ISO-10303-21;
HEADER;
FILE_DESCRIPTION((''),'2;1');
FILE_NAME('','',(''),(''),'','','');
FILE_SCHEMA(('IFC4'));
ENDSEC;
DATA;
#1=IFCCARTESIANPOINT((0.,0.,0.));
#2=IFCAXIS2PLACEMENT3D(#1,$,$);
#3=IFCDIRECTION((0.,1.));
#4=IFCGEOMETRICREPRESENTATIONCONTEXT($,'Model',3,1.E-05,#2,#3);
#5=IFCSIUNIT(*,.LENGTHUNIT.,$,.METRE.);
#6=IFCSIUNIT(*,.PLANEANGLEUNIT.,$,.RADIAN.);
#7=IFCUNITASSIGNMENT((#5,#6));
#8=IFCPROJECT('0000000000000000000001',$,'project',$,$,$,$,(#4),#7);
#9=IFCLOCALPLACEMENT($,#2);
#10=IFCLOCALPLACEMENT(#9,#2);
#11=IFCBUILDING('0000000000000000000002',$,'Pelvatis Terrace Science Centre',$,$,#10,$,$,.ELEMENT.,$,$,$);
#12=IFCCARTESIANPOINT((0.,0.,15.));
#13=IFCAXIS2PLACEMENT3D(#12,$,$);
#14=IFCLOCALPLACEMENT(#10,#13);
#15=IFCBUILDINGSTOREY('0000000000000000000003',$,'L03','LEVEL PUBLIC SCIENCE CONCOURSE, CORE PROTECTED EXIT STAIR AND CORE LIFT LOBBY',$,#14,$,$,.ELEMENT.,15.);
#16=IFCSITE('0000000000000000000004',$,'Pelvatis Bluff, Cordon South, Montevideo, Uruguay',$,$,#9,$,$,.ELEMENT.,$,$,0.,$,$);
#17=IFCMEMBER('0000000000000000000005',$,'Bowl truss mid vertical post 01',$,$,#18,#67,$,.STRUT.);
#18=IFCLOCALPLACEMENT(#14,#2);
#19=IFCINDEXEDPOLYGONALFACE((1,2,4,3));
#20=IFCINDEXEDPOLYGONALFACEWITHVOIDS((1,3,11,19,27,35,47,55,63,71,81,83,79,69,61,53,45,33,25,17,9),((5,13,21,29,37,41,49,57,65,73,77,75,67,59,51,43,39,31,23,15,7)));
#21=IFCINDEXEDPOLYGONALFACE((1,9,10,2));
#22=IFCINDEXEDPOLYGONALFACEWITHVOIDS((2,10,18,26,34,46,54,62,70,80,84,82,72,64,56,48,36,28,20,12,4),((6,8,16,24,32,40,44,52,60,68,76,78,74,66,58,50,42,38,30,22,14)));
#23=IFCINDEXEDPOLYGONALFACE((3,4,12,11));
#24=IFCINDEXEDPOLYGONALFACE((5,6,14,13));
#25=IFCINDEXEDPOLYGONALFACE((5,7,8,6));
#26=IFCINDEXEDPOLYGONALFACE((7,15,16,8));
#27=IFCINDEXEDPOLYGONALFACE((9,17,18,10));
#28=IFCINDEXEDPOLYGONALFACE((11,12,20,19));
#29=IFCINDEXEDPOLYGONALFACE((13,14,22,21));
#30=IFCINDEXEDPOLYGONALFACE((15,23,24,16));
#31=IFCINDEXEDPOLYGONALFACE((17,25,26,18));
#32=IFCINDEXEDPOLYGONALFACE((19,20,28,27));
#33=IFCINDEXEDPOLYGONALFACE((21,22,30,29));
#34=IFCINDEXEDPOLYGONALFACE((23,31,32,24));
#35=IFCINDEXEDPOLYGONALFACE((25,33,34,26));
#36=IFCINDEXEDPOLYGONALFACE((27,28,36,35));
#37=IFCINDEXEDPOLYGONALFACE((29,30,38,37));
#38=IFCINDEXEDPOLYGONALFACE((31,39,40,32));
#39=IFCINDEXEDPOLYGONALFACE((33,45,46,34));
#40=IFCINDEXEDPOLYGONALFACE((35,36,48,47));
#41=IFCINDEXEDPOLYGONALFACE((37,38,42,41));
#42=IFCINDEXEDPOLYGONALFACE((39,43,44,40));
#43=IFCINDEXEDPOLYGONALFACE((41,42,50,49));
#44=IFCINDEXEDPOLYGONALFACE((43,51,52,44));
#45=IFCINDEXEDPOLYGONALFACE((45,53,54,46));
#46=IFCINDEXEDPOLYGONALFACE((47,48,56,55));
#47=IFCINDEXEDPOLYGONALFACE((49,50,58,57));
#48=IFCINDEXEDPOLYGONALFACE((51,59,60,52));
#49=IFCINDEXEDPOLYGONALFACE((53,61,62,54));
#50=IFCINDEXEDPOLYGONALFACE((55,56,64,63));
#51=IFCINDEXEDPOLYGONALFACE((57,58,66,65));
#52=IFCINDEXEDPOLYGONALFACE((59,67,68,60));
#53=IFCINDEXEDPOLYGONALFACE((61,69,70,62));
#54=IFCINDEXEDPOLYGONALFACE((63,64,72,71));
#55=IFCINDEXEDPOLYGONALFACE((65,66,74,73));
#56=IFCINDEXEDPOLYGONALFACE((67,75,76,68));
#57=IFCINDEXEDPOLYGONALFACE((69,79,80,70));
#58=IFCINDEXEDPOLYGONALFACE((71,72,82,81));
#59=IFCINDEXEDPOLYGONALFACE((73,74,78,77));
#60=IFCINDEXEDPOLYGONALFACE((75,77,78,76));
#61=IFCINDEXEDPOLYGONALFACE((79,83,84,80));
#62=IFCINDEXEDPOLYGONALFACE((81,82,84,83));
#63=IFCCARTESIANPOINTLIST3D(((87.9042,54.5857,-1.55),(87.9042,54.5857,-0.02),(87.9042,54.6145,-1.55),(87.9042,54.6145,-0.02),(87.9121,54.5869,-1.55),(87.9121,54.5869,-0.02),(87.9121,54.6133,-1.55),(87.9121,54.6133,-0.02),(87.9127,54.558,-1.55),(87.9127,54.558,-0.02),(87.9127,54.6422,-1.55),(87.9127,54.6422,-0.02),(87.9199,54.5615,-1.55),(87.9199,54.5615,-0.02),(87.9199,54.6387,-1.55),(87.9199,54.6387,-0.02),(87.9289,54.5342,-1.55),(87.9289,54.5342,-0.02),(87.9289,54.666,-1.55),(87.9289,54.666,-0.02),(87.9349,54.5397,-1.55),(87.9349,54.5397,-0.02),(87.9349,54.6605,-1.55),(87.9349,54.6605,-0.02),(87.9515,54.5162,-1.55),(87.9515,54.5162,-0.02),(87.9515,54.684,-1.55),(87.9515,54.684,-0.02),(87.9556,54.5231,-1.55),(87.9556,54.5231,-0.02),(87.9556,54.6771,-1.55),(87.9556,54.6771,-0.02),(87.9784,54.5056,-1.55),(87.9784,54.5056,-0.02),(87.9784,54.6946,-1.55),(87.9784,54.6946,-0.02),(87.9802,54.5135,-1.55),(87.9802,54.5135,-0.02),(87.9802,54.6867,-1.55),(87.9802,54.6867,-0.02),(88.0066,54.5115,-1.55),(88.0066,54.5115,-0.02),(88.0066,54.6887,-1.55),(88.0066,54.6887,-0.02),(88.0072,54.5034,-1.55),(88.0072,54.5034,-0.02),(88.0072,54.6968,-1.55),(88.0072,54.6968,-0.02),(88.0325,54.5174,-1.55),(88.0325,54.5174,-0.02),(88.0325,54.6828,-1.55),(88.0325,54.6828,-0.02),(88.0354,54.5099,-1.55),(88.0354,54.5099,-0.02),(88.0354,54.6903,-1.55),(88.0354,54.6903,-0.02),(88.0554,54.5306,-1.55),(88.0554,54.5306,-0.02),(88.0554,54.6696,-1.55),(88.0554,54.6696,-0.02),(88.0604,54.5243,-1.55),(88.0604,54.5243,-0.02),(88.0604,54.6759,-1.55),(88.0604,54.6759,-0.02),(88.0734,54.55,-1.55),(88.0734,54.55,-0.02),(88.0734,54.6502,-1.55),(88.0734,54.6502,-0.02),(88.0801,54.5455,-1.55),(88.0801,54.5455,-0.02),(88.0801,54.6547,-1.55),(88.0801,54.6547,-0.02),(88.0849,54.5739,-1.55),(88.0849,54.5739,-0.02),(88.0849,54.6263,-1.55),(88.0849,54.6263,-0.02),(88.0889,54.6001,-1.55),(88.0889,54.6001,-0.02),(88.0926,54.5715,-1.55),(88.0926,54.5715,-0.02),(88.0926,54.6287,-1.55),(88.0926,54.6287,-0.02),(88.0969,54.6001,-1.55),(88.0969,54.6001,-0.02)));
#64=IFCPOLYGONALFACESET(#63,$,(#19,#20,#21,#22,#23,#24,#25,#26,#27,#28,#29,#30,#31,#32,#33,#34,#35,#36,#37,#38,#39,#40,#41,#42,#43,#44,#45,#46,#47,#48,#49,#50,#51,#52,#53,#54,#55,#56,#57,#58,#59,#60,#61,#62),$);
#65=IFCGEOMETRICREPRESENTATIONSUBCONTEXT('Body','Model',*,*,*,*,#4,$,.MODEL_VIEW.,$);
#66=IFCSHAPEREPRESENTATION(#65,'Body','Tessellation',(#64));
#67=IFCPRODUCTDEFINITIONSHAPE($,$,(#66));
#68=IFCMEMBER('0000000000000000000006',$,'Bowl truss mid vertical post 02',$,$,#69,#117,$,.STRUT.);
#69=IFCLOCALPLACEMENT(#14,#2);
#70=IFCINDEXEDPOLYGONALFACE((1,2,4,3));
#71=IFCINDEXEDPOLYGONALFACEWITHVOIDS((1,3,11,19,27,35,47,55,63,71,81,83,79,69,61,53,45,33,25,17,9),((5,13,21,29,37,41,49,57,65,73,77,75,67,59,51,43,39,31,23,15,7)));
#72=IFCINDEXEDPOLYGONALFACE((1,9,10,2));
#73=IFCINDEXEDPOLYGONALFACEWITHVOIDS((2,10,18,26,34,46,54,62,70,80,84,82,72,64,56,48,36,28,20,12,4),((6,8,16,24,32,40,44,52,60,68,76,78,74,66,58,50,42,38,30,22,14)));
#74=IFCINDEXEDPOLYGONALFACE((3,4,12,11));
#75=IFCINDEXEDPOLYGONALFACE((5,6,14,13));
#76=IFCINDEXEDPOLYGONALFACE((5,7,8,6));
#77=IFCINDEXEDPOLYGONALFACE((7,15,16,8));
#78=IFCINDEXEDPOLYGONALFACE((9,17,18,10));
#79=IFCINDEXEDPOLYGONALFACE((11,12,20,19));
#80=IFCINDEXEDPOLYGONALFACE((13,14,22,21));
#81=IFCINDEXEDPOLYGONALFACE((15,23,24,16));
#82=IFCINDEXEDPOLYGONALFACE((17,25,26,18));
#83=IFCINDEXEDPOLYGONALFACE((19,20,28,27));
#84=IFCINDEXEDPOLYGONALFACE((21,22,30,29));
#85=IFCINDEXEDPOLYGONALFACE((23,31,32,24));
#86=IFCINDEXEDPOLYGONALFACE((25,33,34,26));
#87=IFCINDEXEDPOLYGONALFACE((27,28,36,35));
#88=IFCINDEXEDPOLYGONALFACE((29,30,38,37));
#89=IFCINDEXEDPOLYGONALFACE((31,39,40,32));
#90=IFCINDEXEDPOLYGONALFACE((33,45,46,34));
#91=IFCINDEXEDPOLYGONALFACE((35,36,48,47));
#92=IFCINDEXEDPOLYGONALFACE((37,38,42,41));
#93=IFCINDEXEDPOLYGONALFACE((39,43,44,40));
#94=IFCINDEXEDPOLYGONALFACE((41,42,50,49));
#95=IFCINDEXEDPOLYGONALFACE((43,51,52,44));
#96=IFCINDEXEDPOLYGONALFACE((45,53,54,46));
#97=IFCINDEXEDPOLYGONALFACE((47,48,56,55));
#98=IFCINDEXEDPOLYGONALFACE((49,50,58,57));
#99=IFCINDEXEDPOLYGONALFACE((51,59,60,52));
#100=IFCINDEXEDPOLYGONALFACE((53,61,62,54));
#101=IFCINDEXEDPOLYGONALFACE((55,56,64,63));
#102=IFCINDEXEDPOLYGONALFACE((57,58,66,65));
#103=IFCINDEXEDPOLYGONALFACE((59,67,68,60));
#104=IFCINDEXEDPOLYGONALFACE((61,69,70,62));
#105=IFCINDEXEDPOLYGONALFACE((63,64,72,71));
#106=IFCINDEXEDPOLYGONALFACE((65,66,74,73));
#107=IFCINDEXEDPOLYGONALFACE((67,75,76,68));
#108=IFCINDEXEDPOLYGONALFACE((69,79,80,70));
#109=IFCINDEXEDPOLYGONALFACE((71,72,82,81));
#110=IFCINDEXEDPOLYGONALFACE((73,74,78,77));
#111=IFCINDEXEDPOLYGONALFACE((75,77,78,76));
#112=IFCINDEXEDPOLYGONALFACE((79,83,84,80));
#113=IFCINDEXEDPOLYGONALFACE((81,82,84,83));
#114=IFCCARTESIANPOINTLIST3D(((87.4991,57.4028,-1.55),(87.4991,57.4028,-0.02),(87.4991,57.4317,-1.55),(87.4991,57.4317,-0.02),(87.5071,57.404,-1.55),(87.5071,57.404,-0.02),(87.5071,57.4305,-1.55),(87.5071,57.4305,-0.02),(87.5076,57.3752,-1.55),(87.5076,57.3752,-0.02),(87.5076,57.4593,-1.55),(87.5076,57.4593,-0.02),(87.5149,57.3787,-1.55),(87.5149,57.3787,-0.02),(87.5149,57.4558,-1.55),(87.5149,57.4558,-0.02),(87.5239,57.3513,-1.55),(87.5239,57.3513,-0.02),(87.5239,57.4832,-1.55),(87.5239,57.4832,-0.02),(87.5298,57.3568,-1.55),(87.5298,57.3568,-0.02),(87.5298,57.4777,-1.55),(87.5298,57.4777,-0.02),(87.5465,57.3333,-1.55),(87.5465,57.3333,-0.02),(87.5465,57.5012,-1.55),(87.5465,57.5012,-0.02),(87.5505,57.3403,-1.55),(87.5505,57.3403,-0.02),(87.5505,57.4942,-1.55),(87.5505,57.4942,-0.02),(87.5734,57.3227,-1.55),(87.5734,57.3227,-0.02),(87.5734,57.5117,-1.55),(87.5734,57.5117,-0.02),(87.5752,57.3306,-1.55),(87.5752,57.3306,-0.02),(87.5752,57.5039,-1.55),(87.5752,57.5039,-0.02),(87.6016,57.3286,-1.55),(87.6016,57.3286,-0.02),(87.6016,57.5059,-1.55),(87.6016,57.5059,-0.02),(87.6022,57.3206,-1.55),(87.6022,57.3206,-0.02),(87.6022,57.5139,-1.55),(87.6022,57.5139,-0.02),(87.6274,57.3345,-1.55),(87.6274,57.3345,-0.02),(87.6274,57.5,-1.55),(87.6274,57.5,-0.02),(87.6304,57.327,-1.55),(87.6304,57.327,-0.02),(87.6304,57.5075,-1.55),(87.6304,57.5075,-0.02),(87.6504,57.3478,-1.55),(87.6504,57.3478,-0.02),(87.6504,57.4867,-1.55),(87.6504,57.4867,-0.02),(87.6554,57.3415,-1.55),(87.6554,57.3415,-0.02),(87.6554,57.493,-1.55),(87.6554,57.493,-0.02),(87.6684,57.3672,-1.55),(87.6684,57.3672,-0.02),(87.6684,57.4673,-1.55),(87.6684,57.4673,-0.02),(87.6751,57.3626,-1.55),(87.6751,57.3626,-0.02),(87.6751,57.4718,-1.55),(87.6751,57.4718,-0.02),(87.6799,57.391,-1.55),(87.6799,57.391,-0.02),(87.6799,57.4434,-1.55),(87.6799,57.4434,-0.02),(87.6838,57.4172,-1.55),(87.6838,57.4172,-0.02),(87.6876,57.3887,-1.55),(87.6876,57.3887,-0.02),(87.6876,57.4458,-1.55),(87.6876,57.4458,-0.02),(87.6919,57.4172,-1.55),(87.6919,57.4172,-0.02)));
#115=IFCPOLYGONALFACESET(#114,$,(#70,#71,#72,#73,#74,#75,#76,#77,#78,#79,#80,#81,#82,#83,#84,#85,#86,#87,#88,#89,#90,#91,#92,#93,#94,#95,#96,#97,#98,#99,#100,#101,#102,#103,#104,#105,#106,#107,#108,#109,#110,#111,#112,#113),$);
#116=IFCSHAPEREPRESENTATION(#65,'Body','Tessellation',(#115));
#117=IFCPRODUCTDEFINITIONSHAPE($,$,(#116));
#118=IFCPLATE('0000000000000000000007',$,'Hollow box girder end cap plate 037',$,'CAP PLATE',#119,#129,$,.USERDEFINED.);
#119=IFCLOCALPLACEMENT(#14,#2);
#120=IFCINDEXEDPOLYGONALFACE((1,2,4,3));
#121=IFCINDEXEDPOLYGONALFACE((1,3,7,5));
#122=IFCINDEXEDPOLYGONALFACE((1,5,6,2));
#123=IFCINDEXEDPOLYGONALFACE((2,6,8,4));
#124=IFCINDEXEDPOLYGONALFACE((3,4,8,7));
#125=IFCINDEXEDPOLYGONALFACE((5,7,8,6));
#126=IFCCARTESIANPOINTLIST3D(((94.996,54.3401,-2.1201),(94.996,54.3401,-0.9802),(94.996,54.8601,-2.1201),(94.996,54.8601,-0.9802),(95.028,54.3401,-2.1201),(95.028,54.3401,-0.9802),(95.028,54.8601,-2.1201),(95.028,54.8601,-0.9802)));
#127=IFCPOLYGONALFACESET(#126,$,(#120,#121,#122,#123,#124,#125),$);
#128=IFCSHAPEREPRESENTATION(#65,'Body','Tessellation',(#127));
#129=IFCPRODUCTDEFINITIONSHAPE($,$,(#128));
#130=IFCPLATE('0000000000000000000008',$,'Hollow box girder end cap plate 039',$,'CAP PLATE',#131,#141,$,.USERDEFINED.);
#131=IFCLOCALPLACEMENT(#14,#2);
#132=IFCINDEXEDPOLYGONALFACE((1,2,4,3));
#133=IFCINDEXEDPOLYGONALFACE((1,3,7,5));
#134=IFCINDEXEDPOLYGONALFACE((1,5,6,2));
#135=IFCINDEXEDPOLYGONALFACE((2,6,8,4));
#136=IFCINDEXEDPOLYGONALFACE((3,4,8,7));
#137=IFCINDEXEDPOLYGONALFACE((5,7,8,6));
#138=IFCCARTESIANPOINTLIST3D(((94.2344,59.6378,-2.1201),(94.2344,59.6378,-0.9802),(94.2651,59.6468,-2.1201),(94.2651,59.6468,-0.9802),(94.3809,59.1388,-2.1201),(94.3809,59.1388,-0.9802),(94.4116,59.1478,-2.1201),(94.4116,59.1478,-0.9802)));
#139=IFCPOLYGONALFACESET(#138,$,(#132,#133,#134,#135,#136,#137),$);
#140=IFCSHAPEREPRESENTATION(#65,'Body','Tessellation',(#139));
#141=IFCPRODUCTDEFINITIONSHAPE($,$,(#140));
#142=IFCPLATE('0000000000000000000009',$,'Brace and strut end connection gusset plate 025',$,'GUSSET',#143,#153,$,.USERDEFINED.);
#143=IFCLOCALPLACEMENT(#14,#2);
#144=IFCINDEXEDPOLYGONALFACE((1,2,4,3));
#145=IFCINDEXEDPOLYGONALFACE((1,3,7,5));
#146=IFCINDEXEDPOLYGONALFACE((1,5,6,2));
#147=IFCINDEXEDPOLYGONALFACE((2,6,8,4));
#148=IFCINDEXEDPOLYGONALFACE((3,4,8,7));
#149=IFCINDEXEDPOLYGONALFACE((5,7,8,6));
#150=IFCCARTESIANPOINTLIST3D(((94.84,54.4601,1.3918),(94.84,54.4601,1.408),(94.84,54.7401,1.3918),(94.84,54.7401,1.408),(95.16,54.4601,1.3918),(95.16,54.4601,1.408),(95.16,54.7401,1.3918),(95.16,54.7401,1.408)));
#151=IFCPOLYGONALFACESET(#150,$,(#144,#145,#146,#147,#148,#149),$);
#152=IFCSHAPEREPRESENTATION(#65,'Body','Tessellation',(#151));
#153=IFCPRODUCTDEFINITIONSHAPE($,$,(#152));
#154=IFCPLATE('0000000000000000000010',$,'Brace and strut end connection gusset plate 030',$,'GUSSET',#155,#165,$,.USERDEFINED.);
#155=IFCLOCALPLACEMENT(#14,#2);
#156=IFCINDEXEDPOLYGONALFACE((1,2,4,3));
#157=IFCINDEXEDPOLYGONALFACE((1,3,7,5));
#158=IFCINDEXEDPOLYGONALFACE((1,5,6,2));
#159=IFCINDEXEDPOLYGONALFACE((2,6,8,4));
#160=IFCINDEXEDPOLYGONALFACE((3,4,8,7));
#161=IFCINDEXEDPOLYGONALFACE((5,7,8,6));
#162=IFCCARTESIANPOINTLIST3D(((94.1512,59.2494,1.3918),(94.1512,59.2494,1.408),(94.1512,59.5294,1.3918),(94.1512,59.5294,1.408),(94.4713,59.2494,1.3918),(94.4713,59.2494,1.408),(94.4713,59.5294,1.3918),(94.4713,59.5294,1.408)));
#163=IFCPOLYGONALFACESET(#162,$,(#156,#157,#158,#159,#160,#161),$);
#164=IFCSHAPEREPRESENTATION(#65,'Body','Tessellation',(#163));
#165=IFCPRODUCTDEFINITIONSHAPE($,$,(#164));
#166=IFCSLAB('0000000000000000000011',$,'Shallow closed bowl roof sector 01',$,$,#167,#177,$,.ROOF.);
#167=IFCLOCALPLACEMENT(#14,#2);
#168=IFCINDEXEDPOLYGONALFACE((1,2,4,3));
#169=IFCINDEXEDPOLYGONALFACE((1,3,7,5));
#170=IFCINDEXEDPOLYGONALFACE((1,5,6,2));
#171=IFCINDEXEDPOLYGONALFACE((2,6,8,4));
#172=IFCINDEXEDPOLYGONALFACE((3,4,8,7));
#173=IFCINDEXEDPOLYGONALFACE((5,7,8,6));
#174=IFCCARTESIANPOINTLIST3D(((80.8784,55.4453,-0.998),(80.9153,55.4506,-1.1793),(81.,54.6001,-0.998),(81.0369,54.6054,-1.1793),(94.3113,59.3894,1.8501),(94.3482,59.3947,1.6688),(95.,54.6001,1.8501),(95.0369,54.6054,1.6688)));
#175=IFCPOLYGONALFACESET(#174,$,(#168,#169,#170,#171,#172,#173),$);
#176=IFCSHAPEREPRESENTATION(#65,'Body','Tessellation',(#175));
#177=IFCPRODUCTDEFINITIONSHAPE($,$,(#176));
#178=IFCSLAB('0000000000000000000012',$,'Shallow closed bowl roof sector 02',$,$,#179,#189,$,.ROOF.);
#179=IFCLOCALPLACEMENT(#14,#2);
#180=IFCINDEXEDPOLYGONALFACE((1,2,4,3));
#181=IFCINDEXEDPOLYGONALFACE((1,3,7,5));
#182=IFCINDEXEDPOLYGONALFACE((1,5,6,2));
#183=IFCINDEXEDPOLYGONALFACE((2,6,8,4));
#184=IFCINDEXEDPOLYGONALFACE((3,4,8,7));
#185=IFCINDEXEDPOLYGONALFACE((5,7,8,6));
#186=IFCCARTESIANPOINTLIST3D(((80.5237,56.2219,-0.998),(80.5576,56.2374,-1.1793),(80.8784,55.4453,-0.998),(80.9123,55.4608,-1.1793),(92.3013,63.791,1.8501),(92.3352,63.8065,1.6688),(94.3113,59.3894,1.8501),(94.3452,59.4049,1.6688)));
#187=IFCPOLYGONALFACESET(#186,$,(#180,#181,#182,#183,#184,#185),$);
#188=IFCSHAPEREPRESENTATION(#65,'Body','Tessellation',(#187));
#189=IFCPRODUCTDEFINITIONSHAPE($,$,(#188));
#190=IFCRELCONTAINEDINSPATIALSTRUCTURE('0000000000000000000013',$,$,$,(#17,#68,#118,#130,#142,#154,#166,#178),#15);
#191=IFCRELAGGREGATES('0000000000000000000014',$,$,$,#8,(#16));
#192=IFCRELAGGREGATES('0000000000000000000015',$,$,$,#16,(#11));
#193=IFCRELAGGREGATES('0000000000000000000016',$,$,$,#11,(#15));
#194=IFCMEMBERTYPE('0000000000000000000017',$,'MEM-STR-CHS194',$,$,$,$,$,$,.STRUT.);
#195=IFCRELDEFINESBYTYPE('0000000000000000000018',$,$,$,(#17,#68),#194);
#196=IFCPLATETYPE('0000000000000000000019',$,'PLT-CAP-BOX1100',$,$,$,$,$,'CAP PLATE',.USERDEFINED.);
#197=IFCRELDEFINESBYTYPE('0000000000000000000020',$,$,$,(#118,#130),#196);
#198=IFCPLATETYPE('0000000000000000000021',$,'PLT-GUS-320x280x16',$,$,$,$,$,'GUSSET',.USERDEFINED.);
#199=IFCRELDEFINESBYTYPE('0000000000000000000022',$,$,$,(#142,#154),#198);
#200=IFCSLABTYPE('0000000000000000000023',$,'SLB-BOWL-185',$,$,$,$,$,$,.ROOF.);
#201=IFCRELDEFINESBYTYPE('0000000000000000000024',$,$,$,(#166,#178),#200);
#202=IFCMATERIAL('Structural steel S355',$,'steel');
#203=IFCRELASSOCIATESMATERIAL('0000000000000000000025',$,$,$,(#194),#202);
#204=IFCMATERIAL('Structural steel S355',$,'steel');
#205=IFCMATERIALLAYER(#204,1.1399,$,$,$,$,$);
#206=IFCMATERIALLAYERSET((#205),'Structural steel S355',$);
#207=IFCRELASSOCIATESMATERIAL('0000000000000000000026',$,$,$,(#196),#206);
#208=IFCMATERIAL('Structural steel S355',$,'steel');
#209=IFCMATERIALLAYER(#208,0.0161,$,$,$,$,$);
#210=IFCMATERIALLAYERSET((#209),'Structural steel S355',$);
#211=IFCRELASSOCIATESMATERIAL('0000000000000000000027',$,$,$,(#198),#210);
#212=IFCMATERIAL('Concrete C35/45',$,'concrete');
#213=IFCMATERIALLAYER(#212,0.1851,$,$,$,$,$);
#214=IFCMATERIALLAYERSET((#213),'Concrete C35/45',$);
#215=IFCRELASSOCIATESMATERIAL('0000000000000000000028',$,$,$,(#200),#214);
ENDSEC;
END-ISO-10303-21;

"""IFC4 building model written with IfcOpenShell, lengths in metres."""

from ifc_helpers import new_model, si_unit, direction, frame, origin, origin_2d, place, context, subcontext, project, spatial, polyline, rectangle, hollow_circle, outline, extrude, material, layer, layer_set, material_profile, profile_set, type_object, element, save


model = new_model("IFC4")

# Units and contexts
model_context = context("Model", 3, precision=1e-05, world=origin(), true_north=direction((0.0, 1.0)))
body_context = subcontext(model_context, "Body", "Model", "MODEL_VIEW")
ifc_project = project(units=[si_unit("LENGTHUNIT", "METRE"), si_unit("PLANEANGLEUNIT", "RADIAN")], contexts=[model_context])

# Site, building, storey
site_placement = place(None, origin())
site = spatial("IfcSite", under=ifc_project, at=site_placement, Name="Pelvatis Bluff, Cordon South, Montevideo, Uruguay", CompositionType="ELEMENT", RefElevation=0.0)
building_placement = place(site_placement, origin())
building = spatial("IfcBuilding", under=site, at=building_placement, Name="Pelvatis Terrace Science Centre", CompositionType="ELEMENT")
storey_placement = place(building_placement, frame((0.0, 0.0, 15.0)))
storey = spatial("IfcBuildingStorey", under=building, at=storey_placement, Name="L03", Description="LEVEL PUBLIC SCIENCE CONCOURSE, CORE PROTECTED EXIT STAIR AND CORE LIFT LOBBY", CompositionType="ELEMENT", Elevation=15.0)

# Members
ifc_material_1 = material(Name="Structural steel S355", Category="steel")
ifc_material_profile_1 = material_profile(ifc_material_1, hollow_circle(Radius=0.0969, WallThickness=0.0081, at=origin_2d()), Name="CHS 193.7x8.0")
ifc_profile_set_1 = profile_set([ifc_material_profile_1], Name="Structural steel S355")
member_type_1 = type_object("IfcMemberType", Name="MEM-STR-CHS194", PredefinedType="STRUT", material=ifc_profile_set_1)
for number, where, z_axis, x_axis, name in (
    (1, (88.0, 54.6001, -1.55), (0.0, 0.0, 1.0), (1.0, 0.0, 0.0), "Bowl truss mid vertical post 01"),
    (2, (87.595, 57.4172, -1.55), (0.0, 0.0, 1.0), (1.0, 0.0, 0.0), "Bowl truss mid vertical post 02"),
):
    element("IfcMember", number, at=place(storey_placement, frame(where, z_axis=z_axis, x_axis=x_axis)), inside=storey, type_object=member_type_1, Name=name, PredefinedType="STRUT", context=body_context, shape_type="SweptSolid", body=[
        extrude(hollow_circle(Radius=0.0969, WallThickness=0.0081, at=origin_2d()), origin(), (0.0, 0.0, 1.0), 1.53),
    ])

# Plates
ifc_material_2 = material(Name="Structural steel S355", Category="steel")
ifc_layer_1 = layer(ifc_material_2, 1.1399)
ifc_layer_set_1 = layer_set([ifc_layer_1], Name="Structural steel S355")
plate_type_1 = type_object("IfcPlateType", Name="PLT-CAP-BOX1100", ElementType="CAP PLATE", PredefinedType="USERDEFINED", material=ifc_layer_set_1)
for number, where, z_axis, x_axis, name in (
    (3, (95.012, 54.6001, -2.1201), (0.0, 0.0, 1.0), (-1.0, 0.0, 0.0), "Hollow box girder end cap plate 037"),
    (4, (94.323, 59.3928, -2.1201), (0.0, 0.0, 1.0), (-0.959511, -0.281672, 0.0), "Hollow box girder end cap plate 039"),
):
    element("IfcPlate", number, at=place(storey_placement, frame(where, z_axis=z_axis, x_axis=x_axis)), inside=storey, type_object=plate_type_1, Name=name, ObjectType="CAP PLATE", PredefinedType="USERDEFINED", context=body_context, shape_type="SweptSolid", body=[
        extrude(rectangle(XDim=0.032, YDim=0.52, at=origin_2d()), origin(), (0.0, 0.0, 1.0), 1.1399),
    ])
ifc_material_3 = material(Name="Structural steel S355", Category="steel")
ifc_layer_2 = layer(ifc_material_3, 0.0161)
ifc_layer_set_2 = layer_set([ifc_layer_2], Name="Structural steel S355")
plate_type_2 = type_object("IfcPlateType", Name="PLT-GUS-320x280x16", ElementType="GUSSET", PredefinedType="USERDEFINED", material=ifc_layer_set_2)
for number, where, z_axis, x_axis, name in (
    (5, (95.0, 54.6001, 1.3918), (0.0, 0.0, 1.0), (1.0, 0.0, 0.0), "Brace and strut end connection gusset plate 025"),
    (6, (94.3113, 59.3894, 1.3918), (0.0, 0.0, 1.0), (1.0, 0.0, 0.0), "Brace and strut end connection gusset plate 030"),
):
    element("IfcPlate", number, at=place(storey_placement, frame(where, z_axis=z_axis, x_axis=x_axis)), inside=storey, type_object=plate_type_2, Name=name, ObjectType="GUSSET", PredefinedType="USERDEFINED", context=body_context, shape_type="SweptSolid", body=[
        extrude(rectangle(XDim=0.3201, YDim=0.28, at=origin_2d()), origin(), (0.0, 0.0, 1.0), 0.0161),
    ])

# Slabs
ifc_material_4 = material(Name="Concrete C35/45", Category="concrete")
ifc_layer_3 = layer(ifc_material_4, 0.1851)
ifc_layer_set_3 = layer_set([ifc_layer_3], Name="Concrete C35/45")
slab_type = type_object("IfcSlabType", Name="SLB-BOWL-185", PredefinedType="ROOF", material=ifc_layer_set_3)
slab_1_placement = place(storey_placement, frame((95.0, 54.6001, 1.8501), z_axis=(-0.199273, -0.028658, 0.979525), x_axis=(-0.14234, 0.989818, 0.000001)))
element("IfcSlab", 7, at=slab_1_placement, inside=storey, type_object=slab_type, Name="Shallow closed bowl roof sector 01", PredefinedType="ROOF", context=body_context, shape_type="SweptSolid", body=[
    extrude(outline(polyline([(0.0, 0.0), (4.8386, 0.0), (2.8467, 14.1472), (1.9928, 14.1471), (0.0, 0.0)])), origin(), (0.0, 0.0, -1.0), 0.1851),
])
slab_2_placement = place(storey_placement, frame((94.3113, 59.3894, 1.8501), z_axis=(-0.183131, -0.08363, 0.979525), x_axis=(-0.415392, 0.909643, 0.000003)))
element("IfcSlab", 8, at=slab_2_placement, inside=storey, type_object=slab_type, Name="Shallow closed bowl roof sector 02", PredefinedType="ROOF", context=body_context, shape_type="SweptSolid", body=[
    extrude(outline(polyline([(0.0, 0.0), (4.8388, 0.0), (2.846, 14.1472), (1.9922, 14.1471), (0.0, 0.0)])), origin(), (0.0, 0.0, -1.0), 0.1851),
])

save(model, "model.ifc")
